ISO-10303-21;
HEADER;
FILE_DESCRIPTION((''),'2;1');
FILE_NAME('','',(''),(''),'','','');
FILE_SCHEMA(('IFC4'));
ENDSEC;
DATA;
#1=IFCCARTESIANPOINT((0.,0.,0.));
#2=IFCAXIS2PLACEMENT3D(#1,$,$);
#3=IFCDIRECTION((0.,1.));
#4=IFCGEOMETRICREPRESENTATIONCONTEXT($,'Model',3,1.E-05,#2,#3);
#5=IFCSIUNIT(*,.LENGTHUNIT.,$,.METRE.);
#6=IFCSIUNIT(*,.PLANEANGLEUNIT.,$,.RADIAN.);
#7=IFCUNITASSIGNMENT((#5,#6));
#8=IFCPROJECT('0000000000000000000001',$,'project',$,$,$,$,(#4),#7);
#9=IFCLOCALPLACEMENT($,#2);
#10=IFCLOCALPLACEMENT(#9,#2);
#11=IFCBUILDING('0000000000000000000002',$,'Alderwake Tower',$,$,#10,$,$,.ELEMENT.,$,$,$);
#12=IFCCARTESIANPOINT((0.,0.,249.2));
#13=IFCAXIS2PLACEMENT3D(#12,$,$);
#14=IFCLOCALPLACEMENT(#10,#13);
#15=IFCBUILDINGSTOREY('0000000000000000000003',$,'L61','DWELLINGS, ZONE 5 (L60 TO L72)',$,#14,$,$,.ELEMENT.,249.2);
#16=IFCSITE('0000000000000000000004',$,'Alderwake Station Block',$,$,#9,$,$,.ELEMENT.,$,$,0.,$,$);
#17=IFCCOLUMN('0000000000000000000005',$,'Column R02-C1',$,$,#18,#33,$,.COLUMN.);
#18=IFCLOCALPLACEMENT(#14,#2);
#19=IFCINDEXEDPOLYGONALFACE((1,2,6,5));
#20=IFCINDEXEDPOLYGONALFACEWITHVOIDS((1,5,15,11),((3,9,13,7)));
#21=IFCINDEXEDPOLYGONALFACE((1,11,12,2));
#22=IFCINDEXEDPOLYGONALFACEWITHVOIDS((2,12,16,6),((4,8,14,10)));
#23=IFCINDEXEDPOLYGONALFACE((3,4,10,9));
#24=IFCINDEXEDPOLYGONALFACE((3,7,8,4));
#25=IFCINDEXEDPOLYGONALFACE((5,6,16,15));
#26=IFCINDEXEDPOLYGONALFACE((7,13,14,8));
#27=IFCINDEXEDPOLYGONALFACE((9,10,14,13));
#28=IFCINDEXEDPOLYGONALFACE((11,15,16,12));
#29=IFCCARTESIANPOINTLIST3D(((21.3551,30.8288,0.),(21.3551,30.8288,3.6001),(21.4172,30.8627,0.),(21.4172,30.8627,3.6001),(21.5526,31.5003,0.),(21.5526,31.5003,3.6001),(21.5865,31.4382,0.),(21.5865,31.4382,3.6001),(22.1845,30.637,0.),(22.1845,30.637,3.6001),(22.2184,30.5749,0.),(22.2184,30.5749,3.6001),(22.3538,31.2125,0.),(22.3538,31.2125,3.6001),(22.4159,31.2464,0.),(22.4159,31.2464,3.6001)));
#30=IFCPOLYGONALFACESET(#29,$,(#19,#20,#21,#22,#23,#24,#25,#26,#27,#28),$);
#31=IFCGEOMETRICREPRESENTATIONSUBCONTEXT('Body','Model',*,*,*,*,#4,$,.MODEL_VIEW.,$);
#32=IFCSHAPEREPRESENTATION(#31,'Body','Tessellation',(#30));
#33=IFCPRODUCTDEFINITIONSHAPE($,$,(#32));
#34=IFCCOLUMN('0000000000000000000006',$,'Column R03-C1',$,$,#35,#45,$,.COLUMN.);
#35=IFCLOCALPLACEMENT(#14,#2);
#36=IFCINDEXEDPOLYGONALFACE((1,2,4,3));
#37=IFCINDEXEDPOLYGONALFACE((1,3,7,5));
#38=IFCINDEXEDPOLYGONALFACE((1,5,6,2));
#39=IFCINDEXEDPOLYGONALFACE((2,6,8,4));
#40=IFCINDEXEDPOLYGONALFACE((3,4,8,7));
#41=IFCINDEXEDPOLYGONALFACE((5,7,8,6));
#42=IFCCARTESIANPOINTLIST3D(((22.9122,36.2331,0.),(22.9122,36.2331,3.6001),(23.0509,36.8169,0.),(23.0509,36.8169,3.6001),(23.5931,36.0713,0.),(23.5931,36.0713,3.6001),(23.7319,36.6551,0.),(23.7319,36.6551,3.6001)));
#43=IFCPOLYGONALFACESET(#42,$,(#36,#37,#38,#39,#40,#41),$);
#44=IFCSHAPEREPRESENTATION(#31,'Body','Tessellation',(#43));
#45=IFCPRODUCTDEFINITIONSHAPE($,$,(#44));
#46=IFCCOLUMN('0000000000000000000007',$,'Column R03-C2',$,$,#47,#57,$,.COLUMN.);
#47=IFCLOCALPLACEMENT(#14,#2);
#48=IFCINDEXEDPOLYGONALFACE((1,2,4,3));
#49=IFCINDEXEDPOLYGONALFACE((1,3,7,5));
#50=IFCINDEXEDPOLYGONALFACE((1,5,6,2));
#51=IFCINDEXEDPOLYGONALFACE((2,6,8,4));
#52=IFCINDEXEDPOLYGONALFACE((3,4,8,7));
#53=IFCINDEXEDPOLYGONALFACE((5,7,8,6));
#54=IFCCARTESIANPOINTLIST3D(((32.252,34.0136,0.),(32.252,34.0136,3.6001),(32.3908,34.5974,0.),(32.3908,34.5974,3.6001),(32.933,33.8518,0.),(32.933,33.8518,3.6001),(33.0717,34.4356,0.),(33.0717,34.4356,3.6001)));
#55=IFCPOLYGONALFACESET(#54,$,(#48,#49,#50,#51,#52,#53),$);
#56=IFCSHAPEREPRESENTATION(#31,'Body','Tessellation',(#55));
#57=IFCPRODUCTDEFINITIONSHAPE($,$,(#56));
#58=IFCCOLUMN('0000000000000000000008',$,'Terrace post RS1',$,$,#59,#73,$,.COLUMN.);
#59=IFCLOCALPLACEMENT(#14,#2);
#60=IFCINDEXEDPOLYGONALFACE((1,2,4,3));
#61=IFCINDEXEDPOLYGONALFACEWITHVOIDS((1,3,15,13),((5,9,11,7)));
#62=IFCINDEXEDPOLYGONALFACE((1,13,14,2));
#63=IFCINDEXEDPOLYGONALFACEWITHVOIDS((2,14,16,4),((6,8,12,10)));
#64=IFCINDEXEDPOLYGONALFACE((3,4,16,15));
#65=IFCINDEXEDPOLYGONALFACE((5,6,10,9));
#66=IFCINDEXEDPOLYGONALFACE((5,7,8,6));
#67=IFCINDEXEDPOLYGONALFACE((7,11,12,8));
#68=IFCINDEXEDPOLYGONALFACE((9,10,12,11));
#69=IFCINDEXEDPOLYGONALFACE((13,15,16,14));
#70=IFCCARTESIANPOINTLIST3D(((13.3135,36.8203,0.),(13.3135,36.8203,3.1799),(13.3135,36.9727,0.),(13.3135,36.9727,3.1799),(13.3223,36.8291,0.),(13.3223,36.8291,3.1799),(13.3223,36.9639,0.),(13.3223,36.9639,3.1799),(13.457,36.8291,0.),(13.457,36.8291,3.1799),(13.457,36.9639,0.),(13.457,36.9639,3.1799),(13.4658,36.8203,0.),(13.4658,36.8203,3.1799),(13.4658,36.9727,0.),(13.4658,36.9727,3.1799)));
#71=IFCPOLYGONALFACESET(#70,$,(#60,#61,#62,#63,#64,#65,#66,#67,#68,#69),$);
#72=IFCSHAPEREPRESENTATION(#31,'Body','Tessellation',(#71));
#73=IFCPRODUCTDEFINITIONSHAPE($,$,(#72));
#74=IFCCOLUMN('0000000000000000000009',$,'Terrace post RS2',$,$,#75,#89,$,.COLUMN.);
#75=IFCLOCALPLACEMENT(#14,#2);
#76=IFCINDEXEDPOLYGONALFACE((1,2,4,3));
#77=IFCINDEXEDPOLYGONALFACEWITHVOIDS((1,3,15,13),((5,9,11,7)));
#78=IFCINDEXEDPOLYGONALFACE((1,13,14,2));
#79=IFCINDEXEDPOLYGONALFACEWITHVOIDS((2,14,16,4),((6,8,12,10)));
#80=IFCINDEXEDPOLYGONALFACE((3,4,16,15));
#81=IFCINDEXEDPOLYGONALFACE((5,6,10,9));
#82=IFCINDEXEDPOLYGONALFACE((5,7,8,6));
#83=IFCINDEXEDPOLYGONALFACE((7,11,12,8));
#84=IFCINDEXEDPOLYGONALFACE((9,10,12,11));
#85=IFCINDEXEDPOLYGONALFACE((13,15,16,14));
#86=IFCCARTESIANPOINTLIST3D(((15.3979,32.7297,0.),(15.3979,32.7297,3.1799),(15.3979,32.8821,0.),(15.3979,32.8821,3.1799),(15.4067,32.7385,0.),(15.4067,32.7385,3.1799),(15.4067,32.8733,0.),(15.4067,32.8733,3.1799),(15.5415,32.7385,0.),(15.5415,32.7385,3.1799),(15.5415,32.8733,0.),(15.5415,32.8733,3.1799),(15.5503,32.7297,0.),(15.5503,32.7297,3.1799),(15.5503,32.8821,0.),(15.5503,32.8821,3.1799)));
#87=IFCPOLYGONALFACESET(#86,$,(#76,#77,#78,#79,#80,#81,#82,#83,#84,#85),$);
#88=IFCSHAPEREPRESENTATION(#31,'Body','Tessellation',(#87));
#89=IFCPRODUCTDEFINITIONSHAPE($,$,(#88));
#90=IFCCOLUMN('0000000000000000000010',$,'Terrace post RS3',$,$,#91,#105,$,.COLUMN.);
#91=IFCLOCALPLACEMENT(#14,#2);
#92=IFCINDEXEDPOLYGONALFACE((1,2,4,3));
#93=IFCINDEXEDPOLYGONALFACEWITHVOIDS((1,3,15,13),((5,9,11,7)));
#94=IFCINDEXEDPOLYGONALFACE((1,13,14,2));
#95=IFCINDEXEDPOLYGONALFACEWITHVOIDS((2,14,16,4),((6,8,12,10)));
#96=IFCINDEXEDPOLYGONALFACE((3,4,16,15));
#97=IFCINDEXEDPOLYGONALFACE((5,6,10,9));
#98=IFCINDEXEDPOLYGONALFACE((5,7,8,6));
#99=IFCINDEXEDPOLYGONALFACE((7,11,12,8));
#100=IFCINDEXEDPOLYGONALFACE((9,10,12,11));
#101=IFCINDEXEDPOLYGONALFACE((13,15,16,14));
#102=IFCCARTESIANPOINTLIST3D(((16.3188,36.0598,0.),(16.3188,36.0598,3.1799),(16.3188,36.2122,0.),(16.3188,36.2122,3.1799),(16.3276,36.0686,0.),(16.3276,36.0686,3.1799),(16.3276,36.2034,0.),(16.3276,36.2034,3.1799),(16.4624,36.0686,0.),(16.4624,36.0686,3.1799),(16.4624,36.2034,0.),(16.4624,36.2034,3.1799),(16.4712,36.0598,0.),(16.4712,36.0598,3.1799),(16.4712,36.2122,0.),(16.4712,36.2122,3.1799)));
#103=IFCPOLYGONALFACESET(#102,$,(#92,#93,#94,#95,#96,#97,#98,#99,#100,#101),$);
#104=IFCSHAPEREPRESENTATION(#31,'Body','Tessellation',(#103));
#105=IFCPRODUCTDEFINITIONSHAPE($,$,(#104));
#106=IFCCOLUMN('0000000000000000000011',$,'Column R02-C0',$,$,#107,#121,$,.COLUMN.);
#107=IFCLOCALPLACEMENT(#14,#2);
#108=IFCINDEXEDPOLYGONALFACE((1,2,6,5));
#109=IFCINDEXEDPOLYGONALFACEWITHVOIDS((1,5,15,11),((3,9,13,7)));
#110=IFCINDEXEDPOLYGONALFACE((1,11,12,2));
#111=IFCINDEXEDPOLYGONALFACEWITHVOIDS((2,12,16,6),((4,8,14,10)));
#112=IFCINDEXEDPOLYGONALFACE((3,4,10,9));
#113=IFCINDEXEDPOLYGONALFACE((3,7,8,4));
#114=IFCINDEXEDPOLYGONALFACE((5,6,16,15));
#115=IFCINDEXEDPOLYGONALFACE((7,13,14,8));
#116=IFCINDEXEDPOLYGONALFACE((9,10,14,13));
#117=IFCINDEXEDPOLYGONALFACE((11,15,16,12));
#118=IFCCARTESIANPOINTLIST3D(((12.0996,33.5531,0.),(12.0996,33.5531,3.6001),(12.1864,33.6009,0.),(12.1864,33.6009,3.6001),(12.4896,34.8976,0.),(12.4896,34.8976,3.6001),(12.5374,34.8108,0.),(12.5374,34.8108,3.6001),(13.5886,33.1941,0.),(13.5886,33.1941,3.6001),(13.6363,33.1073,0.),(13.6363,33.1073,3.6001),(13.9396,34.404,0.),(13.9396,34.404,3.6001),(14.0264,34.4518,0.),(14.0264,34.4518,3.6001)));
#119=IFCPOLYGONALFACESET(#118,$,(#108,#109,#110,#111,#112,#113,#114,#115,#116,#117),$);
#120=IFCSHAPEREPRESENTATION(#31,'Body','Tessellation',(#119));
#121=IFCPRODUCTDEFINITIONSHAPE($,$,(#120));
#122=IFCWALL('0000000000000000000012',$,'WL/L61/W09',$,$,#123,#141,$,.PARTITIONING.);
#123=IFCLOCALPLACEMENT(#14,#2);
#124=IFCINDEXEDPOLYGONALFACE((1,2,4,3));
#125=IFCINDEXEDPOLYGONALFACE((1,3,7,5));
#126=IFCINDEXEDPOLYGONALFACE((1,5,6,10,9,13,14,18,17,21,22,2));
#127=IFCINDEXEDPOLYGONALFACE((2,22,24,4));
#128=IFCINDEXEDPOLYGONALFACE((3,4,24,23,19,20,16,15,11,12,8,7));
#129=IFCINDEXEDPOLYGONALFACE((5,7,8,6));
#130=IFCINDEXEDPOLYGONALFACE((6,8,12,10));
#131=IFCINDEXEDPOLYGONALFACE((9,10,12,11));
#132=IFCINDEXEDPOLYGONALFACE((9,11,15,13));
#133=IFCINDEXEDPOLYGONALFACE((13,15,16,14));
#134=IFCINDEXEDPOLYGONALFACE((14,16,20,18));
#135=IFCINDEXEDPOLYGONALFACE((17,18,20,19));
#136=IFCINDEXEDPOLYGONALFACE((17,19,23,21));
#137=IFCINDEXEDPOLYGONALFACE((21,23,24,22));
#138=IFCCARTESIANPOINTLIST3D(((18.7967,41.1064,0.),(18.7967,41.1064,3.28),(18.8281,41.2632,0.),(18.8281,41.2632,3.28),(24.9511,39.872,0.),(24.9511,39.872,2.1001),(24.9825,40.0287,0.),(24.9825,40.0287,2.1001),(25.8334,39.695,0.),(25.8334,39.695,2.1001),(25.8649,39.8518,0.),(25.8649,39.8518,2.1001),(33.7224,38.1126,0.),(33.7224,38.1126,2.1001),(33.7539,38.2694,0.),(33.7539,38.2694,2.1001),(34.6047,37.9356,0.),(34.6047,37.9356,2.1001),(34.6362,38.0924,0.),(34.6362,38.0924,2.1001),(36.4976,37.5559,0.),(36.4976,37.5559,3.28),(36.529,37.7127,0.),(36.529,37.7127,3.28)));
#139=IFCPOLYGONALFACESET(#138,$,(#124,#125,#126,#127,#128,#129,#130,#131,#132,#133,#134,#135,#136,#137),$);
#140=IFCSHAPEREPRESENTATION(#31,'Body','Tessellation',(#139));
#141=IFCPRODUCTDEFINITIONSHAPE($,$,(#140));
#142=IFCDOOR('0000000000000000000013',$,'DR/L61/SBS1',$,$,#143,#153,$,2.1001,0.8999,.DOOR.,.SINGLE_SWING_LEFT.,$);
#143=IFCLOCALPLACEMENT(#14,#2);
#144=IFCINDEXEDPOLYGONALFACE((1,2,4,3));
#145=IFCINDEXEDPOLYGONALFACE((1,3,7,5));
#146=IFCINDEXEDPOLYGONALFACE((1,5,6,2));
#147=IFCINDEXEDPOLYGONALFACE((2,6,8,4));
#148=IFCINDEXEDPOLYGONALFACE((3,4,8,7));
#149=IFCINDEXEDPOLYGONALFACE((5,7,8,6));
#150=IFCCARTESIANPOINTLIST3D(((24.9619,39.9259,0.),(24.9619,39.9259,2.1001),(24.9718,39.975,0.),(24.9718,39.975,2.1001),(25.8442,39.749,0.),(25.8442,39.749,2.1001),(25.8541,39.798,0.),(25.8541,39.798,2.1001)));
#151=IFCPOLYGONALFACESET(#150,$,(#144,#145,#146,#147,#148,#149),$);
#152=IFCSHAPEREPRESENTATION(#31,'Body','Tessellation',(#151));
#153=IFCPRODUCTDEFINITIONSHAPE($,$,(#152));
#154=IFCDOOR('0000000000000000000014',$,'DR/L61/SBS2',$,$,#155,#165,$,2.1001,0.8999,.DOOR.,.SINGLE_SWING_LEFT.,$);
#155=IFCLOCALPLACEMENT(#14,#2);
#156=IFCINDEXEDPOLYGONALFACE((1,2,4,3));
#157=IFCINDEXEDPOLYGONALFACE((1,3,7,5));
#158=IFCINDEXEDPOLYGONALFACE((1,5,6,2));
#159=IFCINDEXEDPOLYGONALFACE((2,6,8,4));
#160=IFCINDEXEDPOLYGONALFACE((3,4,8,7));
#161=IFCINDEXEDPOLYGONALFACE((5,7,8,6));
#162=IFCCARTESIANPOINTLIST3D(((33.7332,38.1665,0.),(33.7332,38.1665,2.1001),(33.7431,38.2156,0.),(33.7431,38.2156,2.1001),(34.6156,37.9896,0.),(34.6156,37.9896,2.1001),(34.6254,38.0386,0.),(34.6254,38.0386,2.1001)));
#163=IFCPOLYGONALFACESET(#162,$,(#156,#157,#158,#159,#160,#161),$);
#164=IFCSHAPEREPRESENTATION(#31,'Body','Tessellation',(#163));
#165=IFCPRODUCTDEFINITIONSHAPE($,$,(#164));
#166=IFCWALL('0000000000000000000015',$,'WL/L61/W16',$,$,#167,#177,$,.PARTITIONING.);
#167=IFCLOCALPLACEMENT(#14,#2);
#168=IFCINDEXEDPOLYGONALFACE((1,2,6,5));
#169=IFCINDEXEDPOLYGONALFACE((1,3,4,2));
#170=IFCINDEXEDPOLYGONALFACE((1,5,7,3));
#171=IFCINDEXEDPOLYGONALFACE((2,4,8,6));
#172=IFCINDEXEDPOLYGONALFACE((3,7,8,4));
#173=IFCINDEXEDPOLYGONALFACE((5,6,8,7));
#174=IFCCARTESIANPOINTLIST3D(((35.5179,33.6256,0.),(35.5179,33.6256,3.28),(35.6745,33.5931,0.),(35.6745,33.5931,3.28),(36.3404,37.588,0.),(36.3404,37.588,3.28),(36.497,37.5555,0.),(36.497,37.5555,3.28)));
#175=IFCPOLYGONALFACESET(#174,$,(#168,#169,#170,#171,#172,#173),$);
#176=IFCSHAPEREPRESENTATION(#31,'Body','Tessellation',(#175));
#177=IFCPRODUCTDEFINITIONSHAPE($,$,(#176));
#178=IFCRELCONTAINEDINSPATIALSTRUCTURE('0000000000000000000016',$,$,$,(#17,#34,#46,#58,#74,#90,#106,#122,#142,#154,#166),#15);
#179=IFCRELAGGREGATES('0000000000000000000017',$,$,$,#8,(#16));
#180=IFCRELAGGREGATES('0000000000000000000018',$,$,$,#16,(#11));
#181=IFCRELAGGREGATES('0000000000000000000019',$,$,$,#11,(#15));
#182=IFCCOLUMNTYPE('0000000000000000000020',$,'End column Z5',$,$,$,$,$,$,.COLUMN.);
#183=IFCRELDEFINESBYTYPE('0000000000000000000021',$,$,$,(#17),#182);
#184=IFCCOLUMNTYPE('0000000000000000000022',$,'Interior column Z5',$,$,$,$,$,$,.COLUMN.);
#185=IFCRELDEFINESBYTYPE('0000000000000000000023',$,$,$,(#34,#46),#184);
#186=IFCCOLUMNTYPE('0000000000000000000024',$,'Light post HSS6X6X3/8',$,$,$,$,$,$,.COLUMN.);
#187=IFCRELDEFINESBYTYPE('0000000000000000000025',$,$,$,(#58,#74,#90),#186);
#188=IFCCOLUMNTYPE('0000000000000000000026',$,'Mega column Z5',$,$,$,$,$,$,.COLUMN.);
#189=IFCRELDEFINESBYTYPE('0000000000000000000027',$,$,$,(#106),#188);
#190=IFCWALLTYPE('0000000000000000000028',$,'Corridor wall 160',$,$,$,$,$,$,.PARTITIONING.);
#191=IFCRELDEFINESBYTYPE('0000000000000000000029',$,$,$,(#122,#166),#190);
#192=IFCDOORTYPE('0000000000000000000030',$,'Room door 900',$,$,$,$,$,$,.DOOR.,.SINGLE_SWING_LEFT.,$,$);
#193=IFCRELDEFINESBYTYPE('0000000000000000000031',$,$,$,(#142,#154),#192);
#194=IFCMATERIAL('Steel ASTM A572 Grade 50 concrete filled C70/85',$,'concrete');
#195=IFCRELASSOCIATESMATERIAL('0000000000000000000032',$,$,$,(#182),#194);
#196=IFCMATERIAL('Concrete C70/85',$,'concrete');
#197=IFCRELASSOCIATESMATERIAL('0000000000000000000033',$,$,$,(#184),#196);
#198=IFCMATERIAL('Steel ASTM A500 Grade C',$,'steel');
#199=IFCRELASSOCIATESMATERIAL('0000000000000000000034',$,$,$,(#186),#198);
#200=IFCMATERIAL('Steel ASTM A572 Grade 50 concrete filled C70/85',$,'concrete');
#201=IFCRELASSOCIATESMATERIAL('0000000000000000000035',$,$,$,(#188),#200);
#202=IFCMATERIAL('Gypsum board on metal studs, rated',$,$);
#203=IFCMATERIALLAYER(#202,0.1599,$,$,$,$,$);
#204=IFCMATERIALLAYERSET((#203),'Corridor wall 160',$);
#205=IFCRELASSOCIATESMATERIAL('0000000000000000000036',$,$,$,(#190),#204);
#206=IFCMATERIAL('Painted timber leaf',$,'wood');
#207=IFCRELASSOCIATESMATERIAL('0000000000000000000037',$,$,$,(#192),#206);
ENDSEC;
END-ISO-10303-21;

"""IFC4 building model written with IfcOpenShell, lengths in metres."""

from ifc_helpers import new_model, si_unit, direction, frame, frame_2d, origin, origin_2d, place, context, subcontext, project, spatial, rectangle, hollow_rectangle, extrude, material, layer, layer_set, material_profile, profile_set, type_object, element, fill, save


model = new_model("IFC4")

# Units and contexts
model_context = context("Model", 3, precision=1e-05, world=origin(), true_north=direction((0.0, 1.0)))
body_context = subcontext(model_context, "Body", "Model", "MODEL_VIEW")
ifc_project = project(units=[si_unit("LENGTHUNIT", "METRE"), si_unit("PLANEANGLEUNIT", "RADIAN")], contexts=[model_context])

# Site, building, storey
site_placement = place(None, origin())
site = spatial("IfcSite", under=ifc_project, at=site_placement, Name="Alderwake Station Block", CompositionType="ELEMENT", RefElevation=0.0)
building_placement = place(site_placement, origin())
building = spatial("IfcBuilding", under=site, at=building_placement, Name="Alderwake Tower", CompositionType="ELEMENT")
storey_placement = place(building_placement, frame((0.0, 0.0, 249.2)))
storey = spatial("IfcBuildingStorey", under=building, at=storey_placement, Name="L61", Description="DWELLINGS, ZONE 5 (L60 TO L72)", CompositionType="ELEMENT", Elevation=249.2)

# Columns
ifc_material_1 = material(Name="Steel ASTM A572 Grade 50 concrete filled C70/85", Category="concrete")
ifc_material_profile_1 = material_profile(ifc_material_1, hollow_rectangle(XDim=0.7, YDim=0.8999, WallThickness=0.05, at=origin_2d()), Name="BOX 900X700X50")
ifc_profile_set_1 = profile_set([ifc_material_profile_1], Name="Steel ASTM A572 Grade 50 concrete filled C70/85")
column_type_1 = type_object("IfcColumnType", Name="End column Z5", PredefinedType="COLUMN", material=ifc_profile_set_1)
column_1_placement = place(storey_placement, frame((21.8855, 31.0376, 0.0), z_axis=(0.0, 0.0, 1.0), x_axis=(0.282132, 0.959376, 0.0)))
element("IfcColumn", 1, at=column_1_placement, inside=storey, type_object=column_type_1, Name="Column R02-C1", PredefinedType="COLUMN", context=body_context, shape_type="SweptSolid", body=[
    extrude(hollow_rectangle(XDim=0.7, YDim=0.8999, WallThickness=0.05, at=origin_2d()), origin(), (0.0, 0.0, 1.0), 3.6001),
])
ifc_material_2 = material(Name="Concrete C70/85", Category="concrete")
ifc_material_profile_2 = material_profile(ifc_material_2, rectangle(XDim=0.6001, YDim=0.7, at=origin_2d()), Name="RC 700X600")
ifc_profile_set_2 = profile_set([ifc_material_profile_2], Name="Concrete C70/85")
column_type_2 = type_object("IfcColumnType", Name="Interior column Z5", PredefinedType="COLUMN", material=ifc_profile_set_2)
for number, where, z_axis, x_axis, name in (
    (2, (23.322, 36.4441, 0.0), (0.0, 0.0, 1.0), (0.231222, 0.972901, 0.0), "Column R03-C1"),
    (3, (32.6619, 34.2246, 0.0), (0.0, 0.0, 1.0), (0.231222, 0.972901, 0.0), "Column R03-C2"),
):
    element("IfcColumn", number, at=place(storey_placement, frame(where, z_axis=z_axis, x_axis=x_axis)), inside=storey, type_object=column_type_2, Name=name, PredefinedType="COLUMN", context=body_context, shape_type="SweptSolid", body=[
        extrude(rectangle(XDim=0.6001, YDim=0.7, at=origin_2d()), origin(), (0.0, 0.0, 1.0), 3.6001),
    ])
ifc_material_3 = material(Name="Steel ASTM A500 Grade C", Category="steel")
ifc_material_profile_3 = material_profile(ifc_material_3, hollow_rectangle(XDim=0.1523, YDim=0.1523, WallThickness=0.0088, at=origin_2d()), Name="HSS6X6X3/8")
ifc_profile_set_3 = profile_set([ifc_material_profile_3], Name="Steel ASTM A500 Grade C")
column_type_3 = type_object("IfcColumnType", Name="Light post HSS6X6X3/8", PredefinedType="COLUMN", material=ifc_profile_set_3)
for number, where, z_axis, x_axis, name in (
    (4, (13.3896, 36.8965, 0.0), (0.0, 0.0, 1.0), (1.0, 0.0, 0.0), "Terrace post RS1"),
    (5, (15.4741, 32.8059, 0.0), (0.0, 0.0, 1.0), (1.0, 0.0, 0.0), "Terrace post RS2"),
    (6, (16.395, 36.136, 0.0), (0.0, 0.0, 1.0), (1.0, 0.0, 0.0), "Terrace post RS3"),
):
    element("IfcColumn", number, at=place(storey_placement, frame(where, z_axis=z_axis, x_axis=x_axis)), inside=storey, type_object=column_type_3, Name=name, PredefinedType="COLUMN", context=body_context, shape_type="SweptSolid", body=[
        extrude(hollow_rectangle(XDim=0.1523, YDim=0.1523, WallThickness=0.0088, at=origin_2d()), origin(), (0.0, 0.0, 1.0), 3.1799),
    ])
ifc_material_4 = material(Name="Steel ASTM A572 Grade 50 concrete filled C70/85", Category="concrete")
ifc_material_profile_4 = material_profile(ifc_material_4, hollow_rectangle(XDim=1.3999, YDim=1.6001, WallThickness=0.0701, at=origin_2d()), Name="BOX 1600X1400X70")
ifc_profile_set_4 = profile_set([ifc_material_profile_4], Name="Steel ASTM A572 Grade 50 concrete filled C70/85")
column_type_4 = type_object("IfcColumnType", Name="Mega column Z5", PredefinedType="COLUMN", material=ifc_profile_set_4)
column_2_placement = place(storey_placement, frame((13.063, 34.0024, 0.0), z_axis=(0.0, 0.0, 1.0), x_axis=(0.278612, 0.960404, 0.0)))
element("IfcColumn", 7, at=column_2_placement, inside=storey, type_object=column_type_4, Name="Column R02-C0", PredefinedType="COLUMN", context=body_context, shape_type="SweptSolid", body=[
    extrude(hollow_rectangle(XDim=1.3999, YDim=1.6001, WallThickness=0.0701, at=origin_2d()), origin(), (0.0, 0.0, 1.0), 3.6001),
])

# Wall, openings, doors
ifc_material_5 = material(Name="Gypsum board on metal studs, rated")
ifc_layer_1 = layer(ifc_material_5, 0.1599)
ifc_layer_set_1 = layer_set([ifc_layer_1], Name="Corridor wall 160")
wall_type_1 = type_object("IfcWallType", Name="Corridor wall 160", PredefinedType="PARTITIONING", material=ifc_layer_set_1)
wall_1_placement = place(storey_placement, frame((36.5134, 37.6343, 0.0), z_axis=(0.0, 0.0, 1.0), x_axis=(-0.98047, 0.196667, 0.0)))
wall_1 = element("IfcWall", 8, at=wall_1_placement, inside=storey, type_object=wall_type_1, Name="WL/L61/W09", PredefinedType="PARTITIONING", context=body_context, shape_type="SweptSolid", body=[
    extrude(rectangle(XDim=18.0535, YDim=0.1599, at=frame_2d((9.0269, 0.0))), origin(), (0.0, 0.0, 1.0), 3.28),
])
opening_1_placement = place(wall_1_placement, frame((10.8767, 0.0, 0.0)))
opening_1 = element("IfcOpeningElement", 9, at=opening_1_placement, cuts=wall_1, PredefinedType="OPENING", context=body_context, shape_type="SweptSolid", body=[
    extrude(rectangle(XDim=0.8999, YDim=2.1001, at=frame_2d((0.45, 1.05))), frame((0.0, 0.0898, 0.0), z_axis=(0.0, -1.0, 0.0), x_axis=(1.0, 0.0, 0.0)), (0.0, 0.0, 1.0), 0.1799),
])
opening_2_placement = place(wall_1_placement, frame((1.9307, 0.0, 0.0)))
opening_2 = element("IfcOpeningElement", 10, at=opening_2_placement, cuts=wall_1, PredefinedType="OPENING", context=body_context, shape_type="SweptSolid", body=[
    extrude(rectangle(XDim=0.8999, YDim=2.1001, at=frame_2d((0.45, 1.05))), frame((0.0, 0.0898, 0.0), z_axis=(0.0, -1.0, 0.0), x_axis=(1.0, 0.0, 0.0)), (0.0, 0.0, 1.0), 0.1799),
])
ifc_material_6 = material(Name="Painted timber leaf", Category="wood")
door_type_1 = type_object("IfcDoorType", Name="Room door 900", OperationType="SINGLE_SWING_LEFT", PredefinedType="DOOR", material=ifc_material_6)
door_1_placement = place(opening_1_placement, origin())
door_1 = element("IfcDoor", 11, at=door_1_placement, inside=storey, type_object=door_type_1, Name="DR/L61/SBS1", OperationType="SINGLE_SWING_LEFT", OverallHeight=2.1001, OverallWidth=0.8999, PredefinedType="DOOR", context=body_context, shape_type="SweptSolid", body=[
    extrude(rectangle(XDim=0.8999, YDim=2.1001, at=frame_2d((0.45, 1.05))), frame((0.0, 0.0249, 0.0), z_axis=(0.0, -1.0, 0.0), x_axis=(1.0, 0.0, 0.0)), (0.0, 0.0, 1.0), 0.05),
])
fill(opening_1, door_1)
door_2_placement = place(opening_2_placement, origin())
door_2 = element("IfcDoor", 12, at=door_2_placement, inside=storey, type_object=door_type_1, Name="DR/L61/SBS2", OperationType="SINGLE_SWING_LEFT", OverallHeight=2.1001, OverallWidth=0.8999, PredefinedType="DOOR", context=body_context, shape_type="SweptSolid", body=[
    extrude(rectangle(XDim=0.8999, YDim=2.1001, at=frame_2d((0.45, 1.05))), frame((0.0, 0.0249, 0.0), z_axis=(0.0, -1.0, 0.0), x_axis=(1.0, 0.0, 0.0)), (0.0, 0.0, 1.0), 0.05),
])
fill(opening_2, door_2)

# Wall
wall_2_placement = place(storey_placement, frame((36.4187, 37.5718, 0.0), z_axis=(0.0, 0.0, 1.0), x_axis=(-0.203246, -0.979128, 0.0)))
element("IfcWall", 13, at=wall_2_placement, inside=storey, type_object=wall_type_1, Name="WL/L61/W16", PredefinedType="PARTITIONING", context=body_context, shape_type="SweptSolid", body=[
    extrude(rectangle(XDim=4.0469, YDim=0.1599, at=frame_2d((2.0234, 0.0))), origin(), (0.0, 0.0, 1.0), 3.28),
])

save(model, "model.ifc")
